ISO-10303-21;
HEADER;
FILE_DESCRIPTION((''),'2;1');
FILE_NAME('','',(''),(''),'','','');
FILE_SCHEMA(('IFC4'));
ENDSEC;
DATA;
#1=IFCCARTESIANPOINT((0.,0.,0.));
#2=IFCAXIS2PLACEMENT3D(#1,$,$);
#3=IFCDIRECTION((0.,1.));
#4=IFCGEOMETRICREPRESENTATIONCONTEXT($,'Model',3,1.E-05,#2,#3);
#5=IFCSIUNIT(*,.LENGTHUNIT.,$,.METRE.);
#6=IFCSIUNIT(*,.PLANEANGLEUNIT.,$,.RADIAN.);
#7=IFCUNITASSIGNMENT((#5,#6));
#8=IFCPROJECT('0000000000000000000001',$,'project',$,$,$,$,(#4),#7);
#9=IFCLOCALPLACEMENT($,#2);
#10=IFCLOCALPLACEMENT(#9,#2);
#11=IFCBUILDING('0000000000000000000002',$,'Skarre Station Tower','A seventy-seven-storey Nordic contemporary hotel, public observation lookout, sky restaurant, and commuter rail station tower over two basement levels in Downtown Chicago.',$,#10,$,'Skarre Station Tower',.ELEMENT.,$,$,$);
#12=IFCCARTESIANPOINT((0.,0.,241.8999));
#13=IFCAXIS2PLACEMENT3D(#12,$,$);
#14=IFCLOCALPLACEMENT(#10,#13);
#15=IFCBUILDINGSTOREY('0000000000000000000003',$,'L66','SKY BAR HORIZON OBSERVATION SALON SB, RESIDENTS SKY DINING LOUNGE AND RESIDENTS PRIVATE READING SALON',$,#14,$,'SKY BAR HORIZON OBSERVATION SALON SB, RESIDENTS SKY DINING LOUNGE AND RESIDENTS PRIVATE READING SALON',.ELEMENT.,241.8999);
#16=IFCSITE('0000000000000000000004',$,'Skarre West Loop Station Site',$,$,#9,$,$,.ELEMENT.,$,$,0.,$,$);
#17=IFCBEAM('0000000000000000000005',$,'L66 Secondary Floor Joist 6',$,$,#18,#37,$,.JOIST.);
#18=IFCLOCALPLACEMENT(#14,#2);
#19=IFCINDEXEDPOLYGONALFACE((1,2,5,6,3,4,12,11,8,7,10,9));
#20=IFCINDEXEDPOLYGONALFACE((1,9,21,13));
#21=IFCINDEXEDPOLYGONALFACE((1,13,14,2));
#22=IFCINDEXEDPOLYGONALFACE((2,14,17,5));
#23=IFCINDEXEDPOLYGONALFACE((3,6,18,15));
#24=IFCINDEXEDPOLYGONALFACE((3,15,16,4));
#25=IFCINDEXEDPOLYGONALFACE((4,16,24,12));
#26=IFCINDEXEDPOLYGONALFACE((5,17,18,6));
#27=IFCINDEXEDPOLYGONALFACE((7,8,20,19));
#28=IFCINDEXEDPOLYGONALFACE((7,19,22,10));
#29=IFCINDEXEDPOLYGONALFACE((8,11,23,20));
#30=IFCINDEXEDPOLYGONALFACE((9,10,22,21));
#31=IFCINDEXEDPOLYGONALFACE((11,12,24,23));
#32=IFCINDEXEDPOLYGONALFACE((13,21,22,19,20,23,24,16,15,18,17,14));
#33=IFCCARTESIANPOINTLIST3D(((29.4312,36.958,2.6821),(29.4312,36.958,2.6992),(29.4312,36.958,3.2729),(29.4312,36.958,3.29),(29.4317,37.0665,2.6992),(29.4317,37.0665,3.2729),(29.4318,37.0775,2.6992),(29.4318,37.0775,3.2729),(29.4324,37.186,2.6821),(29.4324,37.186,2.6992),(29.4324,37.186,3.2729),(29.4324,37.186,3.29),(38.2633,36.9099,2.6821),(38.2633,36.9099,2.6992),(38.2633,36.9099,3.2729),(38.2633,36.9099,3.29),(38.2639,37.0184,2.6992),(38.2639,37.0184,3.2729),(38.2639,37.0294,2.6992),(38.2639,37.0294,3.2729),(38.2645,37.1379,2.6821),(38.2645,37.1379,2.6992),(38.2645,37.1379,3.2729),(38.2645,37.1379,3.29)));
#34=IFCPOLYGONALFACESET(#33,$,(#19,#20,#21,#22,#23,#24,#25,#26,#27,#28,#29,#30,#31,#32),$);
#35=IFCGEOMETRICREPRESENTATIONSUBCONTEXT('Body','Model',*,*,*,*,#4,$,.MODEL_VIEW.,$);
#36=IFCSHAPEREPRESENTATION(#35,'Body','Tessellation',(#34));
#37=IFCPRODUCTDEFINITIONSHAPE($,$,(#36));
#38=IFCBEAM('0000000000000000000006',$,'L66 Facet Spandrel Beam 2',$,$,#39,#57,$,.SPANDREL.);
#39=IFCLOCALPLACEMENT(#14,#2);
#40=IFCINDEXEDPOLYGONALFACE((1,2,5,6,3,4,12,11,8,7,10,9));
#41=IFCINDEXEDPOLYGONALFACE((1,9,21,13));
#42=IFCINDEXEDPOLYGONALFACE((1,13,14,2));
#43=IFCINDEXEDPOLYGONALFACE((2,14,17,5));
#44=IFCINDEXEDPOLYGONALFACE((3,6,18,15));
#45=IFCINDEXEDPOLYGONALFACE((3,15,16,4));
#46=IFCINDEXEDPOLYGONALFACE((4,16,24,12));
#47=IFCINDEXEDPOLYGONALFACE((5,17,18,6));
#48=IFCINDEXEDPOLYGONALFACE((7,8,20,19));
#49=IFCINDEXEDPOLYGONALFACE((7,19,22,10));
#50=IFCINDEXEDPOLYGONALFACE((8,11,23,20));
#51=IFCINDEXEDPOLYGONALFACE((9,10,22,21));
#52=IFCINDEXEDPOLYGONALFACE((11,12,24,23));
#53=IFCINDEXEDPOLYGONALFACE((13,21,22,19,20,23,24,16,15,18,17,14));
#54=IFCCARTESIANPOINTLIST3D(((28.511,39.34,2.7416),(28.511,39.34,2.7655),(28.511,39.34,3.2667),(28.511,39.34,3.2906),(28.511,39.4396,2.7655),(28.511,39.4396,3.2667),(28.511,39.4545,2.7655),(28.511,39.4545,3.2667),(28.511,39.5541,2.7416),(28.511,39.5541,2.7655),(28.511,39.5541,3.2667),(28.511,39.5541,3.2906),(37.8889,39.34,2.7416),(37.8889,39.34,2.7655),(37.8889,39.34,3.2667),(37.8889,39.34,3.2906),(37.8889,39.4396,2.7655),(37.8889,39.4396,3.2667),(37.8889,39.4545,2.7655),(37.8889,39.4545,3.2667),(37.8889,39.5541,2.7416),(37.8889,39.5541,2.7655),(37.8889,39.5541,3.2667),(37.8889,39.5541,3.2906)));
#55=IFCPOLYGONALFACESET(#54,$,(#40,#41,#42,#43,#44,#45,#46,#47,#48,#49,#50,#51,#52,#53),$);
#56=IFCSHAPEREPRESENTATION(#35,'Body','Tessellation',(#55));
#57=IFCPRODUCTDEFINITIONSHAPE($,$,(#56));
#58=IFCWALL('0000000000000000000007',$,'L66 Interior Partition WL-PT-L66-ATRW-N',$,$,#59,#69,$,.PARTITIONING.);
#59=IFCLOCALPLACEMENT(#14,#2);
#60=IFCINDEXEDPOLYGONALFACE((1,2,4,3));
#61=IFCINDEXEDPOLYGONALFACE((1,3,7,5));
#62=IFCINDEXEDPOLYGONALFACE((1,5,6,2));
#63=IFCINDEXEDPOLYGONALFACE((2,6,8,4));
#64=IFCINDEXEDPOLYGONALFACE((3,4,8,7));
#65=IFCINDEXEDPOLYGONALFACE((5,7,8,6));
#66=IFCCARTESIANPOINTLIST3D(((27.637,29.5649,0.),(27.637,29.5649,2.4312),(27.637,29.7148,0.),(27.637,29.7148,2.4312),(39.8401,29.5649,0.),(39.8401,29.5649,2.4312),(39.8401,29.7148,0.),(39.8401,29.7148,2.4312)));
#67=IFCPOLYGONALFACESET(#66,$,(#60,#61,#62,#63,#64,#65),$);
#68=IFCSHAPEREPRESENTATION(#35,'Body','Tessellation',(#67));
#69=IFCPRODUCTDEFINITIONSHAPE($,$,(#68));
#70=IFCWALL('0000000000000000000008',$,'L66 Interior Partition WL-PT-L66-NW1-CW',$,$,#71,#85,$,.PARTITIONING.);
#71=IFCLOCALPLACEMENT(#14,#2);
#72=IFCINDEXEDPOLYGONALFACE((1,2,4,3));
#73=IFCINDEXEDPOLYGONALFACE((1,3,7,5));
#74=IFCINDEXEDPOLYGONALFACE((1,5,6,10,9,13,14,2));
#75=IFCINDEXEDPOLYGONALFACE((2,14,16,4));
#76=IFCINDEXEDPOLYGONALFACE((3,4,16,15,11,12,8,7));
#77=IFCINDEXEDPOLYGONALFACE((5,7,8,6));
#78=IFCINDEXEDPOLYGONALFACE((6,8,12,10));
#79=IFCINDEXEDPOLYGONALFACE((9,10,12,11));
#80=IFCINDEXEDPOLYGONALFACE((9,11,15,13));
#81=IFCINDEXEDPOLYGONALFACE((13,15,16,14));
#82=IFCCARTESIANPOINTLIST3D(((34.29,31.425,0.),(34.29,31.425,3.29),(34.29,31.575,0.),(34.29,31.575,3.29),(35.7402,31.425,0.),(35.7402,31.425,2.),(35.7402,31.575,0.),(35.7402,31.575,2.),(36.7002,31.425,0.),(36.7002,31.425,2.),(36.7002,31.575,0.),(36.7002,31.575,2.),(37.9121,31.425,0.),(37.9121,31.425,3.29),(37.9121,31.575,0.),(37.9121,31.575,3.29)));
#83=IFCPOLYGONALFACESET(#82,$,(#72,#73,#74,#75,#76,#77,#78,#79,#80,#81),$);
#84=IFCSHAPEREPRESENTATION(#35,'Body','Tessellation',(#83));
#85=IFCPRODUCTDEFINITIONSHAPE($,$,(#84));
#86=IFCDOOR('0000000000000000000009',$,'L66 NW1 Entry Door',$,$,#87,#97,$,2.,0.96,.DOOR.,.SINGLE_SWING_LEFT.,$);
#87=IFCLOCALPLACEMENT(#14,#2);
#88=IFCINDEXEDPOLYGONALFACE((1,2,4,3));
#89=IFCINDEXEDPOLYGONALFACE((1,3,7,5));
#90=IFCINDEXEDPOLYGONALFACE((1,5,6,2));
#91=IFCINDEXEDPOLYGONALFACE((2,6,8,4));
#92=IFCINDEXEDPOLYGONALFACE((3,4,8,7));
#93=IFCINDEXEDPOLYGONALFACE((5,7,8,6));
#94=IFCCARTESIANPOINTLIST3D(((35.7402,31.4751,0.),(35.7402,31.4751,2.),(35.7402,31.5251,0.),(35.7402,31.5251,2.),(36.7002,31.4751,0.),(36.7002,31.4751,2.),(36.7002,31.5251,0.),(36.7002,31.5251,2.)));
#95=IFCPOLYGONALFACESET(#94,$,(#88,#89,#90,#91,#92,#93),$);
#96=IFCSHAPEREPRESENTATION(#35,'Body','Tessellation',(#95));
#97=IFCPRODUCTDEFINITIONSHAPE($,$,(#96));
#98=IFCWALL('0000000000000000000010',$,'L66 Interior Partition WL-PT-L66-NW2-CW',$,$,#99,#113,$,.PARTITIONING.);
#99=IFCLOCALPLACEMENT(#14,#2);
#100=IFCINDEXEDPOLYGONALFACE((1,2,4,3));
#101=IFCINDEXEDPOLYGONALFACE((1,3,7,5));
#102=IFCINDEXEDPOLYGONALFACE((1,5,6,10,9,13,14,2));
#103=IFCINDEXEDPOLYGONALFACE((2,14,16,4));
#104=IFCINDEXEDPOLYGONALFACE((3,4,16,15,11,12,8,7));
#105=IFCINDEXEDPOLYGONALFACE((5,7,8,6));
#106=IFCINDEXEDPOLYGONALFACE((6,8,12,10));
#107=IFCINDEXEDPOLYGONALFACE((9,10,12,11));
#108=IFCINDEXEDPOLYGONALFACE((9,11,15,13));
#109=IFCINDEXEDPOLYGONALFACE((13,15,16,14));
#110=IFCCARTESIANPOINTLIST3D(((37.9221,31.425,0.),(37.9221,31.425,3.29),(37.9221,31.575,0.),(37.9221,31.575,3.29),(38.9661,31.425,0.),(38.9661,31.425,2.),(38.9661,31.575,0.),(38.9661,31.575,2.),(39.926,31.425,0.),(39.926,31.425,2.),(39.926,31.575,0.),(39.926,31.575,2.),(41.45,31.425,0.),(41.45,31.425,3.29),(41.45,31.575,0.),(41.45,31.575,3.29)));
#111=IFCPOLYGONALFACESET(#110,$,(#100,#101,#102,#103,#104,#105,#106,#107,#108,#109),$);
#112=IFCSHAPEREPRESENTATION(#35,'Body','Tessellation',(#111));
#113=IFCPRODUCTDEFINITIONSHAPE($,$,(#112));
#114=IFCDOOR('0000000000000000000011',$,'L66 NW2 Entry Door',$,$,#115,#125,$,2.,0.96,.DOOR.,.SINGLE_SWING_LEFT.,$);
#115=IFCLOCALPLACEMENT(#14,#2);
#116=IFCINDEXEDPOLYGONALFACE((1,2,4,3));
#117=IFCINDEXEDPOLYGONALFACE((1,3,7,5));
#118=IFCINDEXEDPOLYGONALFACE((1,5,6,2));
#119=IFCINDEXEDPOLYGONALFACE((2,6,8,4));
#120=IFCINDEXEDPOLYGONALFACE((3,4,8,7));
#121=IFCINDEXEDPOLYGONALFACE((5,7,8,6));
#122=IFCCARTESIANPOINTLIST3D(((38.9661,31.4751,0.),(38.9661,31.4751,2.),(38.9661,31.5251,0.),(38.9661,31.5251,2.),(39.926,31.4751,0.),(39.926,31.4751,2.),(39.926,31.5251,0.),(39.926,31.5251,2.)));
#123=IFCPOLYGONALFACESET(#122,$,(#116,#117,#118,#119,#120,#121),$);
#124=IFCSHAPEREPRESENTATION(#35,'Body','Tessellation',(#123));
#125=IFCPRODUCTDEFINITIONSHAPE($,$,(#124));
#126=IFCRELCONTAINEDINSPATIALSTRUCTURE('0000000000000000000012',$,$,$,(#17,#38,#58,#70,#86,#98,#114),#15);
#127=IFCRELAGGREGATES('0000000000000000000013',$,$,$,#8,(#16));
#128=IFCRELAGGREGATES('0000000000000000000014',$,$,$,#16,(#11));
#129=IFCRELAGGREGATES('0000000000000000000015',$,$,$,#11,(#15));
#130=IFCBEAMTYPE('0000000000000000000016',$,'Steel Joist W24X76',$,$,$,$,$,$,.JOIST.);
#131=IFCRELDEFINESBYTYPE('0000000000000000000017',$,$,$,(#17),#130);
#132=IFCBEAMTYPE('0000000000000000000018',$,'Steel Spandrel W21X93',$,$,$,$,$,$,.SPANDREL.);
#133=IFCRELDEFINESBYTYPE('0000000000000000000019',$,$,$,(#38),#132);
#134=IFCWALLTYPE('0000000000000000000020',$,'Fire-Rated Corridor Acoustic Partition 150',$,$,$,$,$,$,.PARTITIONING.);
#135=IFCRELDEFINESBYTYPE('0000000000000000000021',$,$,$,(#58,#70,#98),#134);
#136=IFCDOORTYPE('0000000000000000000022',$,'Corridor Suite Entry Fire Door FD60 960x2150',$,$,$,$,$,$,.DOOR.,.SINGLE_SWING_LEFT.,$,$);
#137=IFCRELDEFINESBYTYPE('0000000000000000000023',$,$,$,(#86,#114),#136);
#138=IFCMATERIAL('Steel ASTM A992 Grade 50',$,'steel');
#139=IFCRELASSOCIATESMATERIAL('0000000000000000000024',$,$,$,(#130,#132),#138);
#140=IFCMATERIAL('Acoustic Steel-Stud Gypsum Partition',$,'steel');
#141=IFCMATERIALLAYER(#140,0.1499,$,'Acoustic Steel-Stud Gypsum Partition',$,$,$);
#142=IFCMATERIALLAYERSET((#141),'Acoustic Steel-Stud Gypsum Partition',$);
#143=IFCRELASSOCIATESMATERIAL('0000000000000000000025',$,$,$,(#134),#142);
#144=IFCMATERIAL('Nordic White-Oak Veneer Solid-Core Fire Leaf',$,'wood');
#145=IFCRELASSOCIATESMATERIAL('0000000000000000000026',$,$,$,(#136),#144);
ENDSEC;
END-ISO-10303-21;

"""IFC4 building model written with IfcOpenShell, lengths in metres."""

from ifc_helpers import new_model, si_unit, direction, frame, frame_2d, origin, origin_2d, place, context, subcontext, project, spatial, rectangle, i_section, extrude, material, layer, layer_set, material_profile, profile_set, type_object, element, fill, save


model = new_model("IFC4")

# Units and contexts
model_context = context("Model", 3, precision=1e-05, world=origin(), true_north=direction((0.0, 1.0)))
body_context = subcontext(model_context, "Body", "Model", "MODEL_VIEW")
ifc_project = project(units=[si_unit("LENGTHUNIT", "METRE"), si_unit("PLANEANGLEUNIT", "RADIAN")], contexts=[model_context])

# Site, building, storey
site_placement = place(None, origin())
site = spatial("IfcSite", under=ifc_project, at=site_placement, Name="Skarre West Loop Station Site", CompositionType="ELEMENT", RefElevation=0.0)
building_placement = place(site_placement, origin())
building = spatial("IfcBuilding", under=site, at=building_placement, Name="Skarre Station Tower", Description="A seventy-seven-storey Nordic contemporary hotel, public observation lookout, sky restaurant, and commuter rail station tower over two basement levels in Downtown Chicago.", LongName="Skarre Station Tower", CompositionType="ELEMENT")
storey_placement = place(building_placement, frame((0.0, 0.0, 241.8999)))
storey = spatial("IfcBuildingStorey", under=building, at=storey_placement, Name="L66", Description="SKY BAR HORIZON OBSERVATION SALON SB, RESIDENTS SKY DINING LOUNGE AND RESIDENTS PRIVATE READING SALON", LongName="SKY BAR HORIZON OBSERVATION SALON SB, RESIDENTS SKY DINING LOUNGE AND RESIDENTS PRIVATE READING SALON", CompositionType="ELEMENT", Elevation=241.8999)

# Beams
ifc_material_1 = material(Name="Steel ASTM A992 Grade 50", Category="steel")
ifc_material_profile_1 = material_profile(ifc_material_1, i_section(OverallWidth=0.228, OverallDepth=0.6079, WebThickness=0.011, FlangeThickness=0.0171, at=origin_2d()), Name="Steel ASTM A992 Grade 50")
ifc_profile_set_1 = profile_set([ifc_material_profile_1], Name="Steel ASTM A992 Grade 50")
beam_type_1 = type_object("IfcBeamType", Name="Steel Joist W24X76", PredefinedType="JOIST", material=ifc_profile_set_1)
beam_1_placement = place(storey_placement, frame((38.2639, 37.0239, 2.9861), z_axis=(-0.999985, 0.005446, 0.0), x_axis=(-0.005446, -0.999985, 0.0)))
element("IfcBeam", 1, at=beam_1_placement, inside=storey, type_object=beam_type_1, Name="L66 Secondary Floor Joist 6", PredefinedType="JOIST", context=body_context, shape_type="SweptSolid", body=[
    extrude(i_section(OverallWidth=0.228, OverallDepth=0.6079, WebThickness=0.011, FlangeThickness=0.0171, at=origin_2d()), origin(), (0.0, 0.0, 1.0), 8.8323),
])
ifc_material_profile_2 = material_profile(ifc_material_1, i_section(OverallWidth=0.2141, OverallDepth=0.5491, WebThickness=0.0149, FlangeThickness=0.0239, at=origin_2d()), Name="Steel ASTM A992 Grade 50")
ifc_profile_set_2 = profile_set([ifc_material_profile_2], Name="Steel ASTM A992 Grade 50")
beam_type_2 = type_object("IfcBeamType", Name="Steel Spandrel W21X93", PredefinedType="SPANDREL", material=ifc_profile_set_2)
beam_2_placement = place(storey_placement, frame((37.8889, 39.447, 3.0161), z_axis=(-1.0, 0.0, 0.0), x_axis=(0.0, -1.0, 0.0)))
element("IfcBeam", 2, at=beam_2_placement, inside=storey, type_object=beam_type_2, Name="L66 Facet Spandrel Beam 2", PredefinedType="SPANDREL", context=body_context, shape_type="SweptSolid", body=[
    extrude(i_section(OverallWidth=0.2141, OverallDepth=0.5491, WebThickness=0.0149, FlangeThickness=0.0239, at=origin_2d()), origin(), (0.0, 0.0, 1.0), 9.3779),
])

# Wall
ifc_material_2 = material(Name="Acoustic Steel-Stud Gypsum Partition", Category="steel")
ifc_layer_1 = layer(ifc_material_2, 0.1499, Name="Acoustic Steel-Stud Gypsum Partition")
ifc_layer_set_1 = layer_set([ifc_layer_1], Name="Acoustic Steel-Stud Gypsum Partition")
wall_type_1 = type_object("IfcWallType", Name="Fire-Rated Corridor Acoustic Partition 150", PredefinedType="PARTITIONING", material=ifc_layer_set_1)
wall_1_placement = place(storey_placement, frame((39.8401, 29.6399, 0.0), z_axis=(0.0, 0.0, 1.0), x_axis=(-1.0, 0.0, 0.0)))
element("IfcWall", 3, at=wall_1_placement, inside=storey, type_object=wall_type_1, Name="L66 Interior Partition WL-PT-L66-ATRW-N", PredefinedType="PARTITIONING", context=body_context, shape_type="SweptSolid", body=[
    extrude(rectangle(XDim=12.2031, YDim=0.1499, at=frame_2d((6.1016, 0.0))), origin(), (0.0, 0.0, 1.0), 2.4312),
])

# Walls, openings, doors
wall_2_placement = place(storey_placement, frame((37.9121, 31.5, 0.0), z_axis=(0.0, 0.0, 1.0), x_axis=(-1.0, 0.0, 0.0)))
wall_2 = element("IfcWall", 4, at=wall_2_placement, inside=storey, type_object=wall_type_1, Name="L66 Interior Partition WL-PT-L66-NW1-CW", PredefinedType="PARTITIONING", context=body_context, shape_type="SweptSolid", body=[
    extrude(rectangle(XDim=3.6221, YDim=0.1499, at=frame_2d((1.811, 0.0))), origin(), (0.0, 0.0, 1.0), 3.29),
])
opening_1_placement = place(wall_2_placement, frame((1.2119, 0.0, 0.0)))
opening_1 = element("IfcOpeningElement", 5, at=opening_1_placement, cuts=wall_2, PredefinedType="OPENING", context=body_context, shape_type="SweptSolid", body=[
    extrude(rectangle(XDim=0.96, YDim=2.0, at=frame_2d((0.48, 1.0))), frame((0.0, 0.085, 0.0), z_axis=(0.0, -1.0, 0.0), x_axis=(1.0, 0.0, 0.0)), (0.0, 0.0, 1.0), 0.1699),
])
ifc_material_3 = material(Name="Nordic White-Oak Veneer Solid-Core Fire Leaf", Category="wood")
door_type = type_object("IfcDoorType", Name="Corridor Suite Entry Fire Door FD60 960x2150", OperationType="SINGLE_SWING_LEFT", PredefinedType="DOOR", material=ifc_material_3)
door_1_placement = place(opening_1_placement, origin())
door_1 = element("IfcDoor", 6, at=door_1_placement, inside=storey, type_object=door_type, Name="L66 NW1 Entry Door", OperationType="SINGLE_SWING_LEFT", OverallHeight=2.0, OverallWidth=0.96, PredefinedType="DOOR", context=body_context, shape_type="SweptSolid", body=[
    extrude(rectangle(XDim=0.96, YDim=2.0, at=frame_2d((0.48, 1.0))), frame((0.0, 0.0249, 0.0), z_axis=(0.0, -1.0, 0.0), x_axis=(1.0, 0.0, 0.0)), (0.0, 0.0, 1.0), 0.05),
])
fill(opening_1, door_1)
wall_3_placement = place(storey_placement, frame((41.45, 31.5, 0.0), z_axis=(0.0, 0.0, 1.0), x_axis=(-1.0, 0.0, 0.0)))
wall_3 = element("IfcWall", 7, at=wall_3_placement, inside=storey, type_object=wall_type_1, Name="L66 Interior Partition WL-PT-L66-NW2-CW", PredefinedType="PARTITIONING", context=body_context, shape_type="SweptSolid", body=[
    extrude(rectangle(XDim=3.5278, YDim=0.1499, at=frame_2d((1.7639, 0.0))), origin(), (0.0, 0.0, 1.0), 3.29),
])
opening_2_placement = place(wall_3_placement, frame((1.5239, 0.0, 0.0)))
opening_2 = element("IfcOpeningElement", 8, at=opening_2_placement, cuts=wall_3, PredefinedType="OPENING", context=body_context, shape_type="SweptSolid", body=[
    extrude(rectangle(XDim=0.96, YDim=2.0, at=frame_2d((0.48, 1.0))), frame((0.0, 0.085, 0.0), z_axis=(0.0, -1.0, 0.0), x_axis=(1.0, 0.0, 0.0)), (0.0, 0.0, 1.0), 0.1699),
])
door_2_placement = place(opening_2_placement, origin())
door_2 = element("IfcDoor", 9, at=door_2_placement, inside=storey, type_object=door_type, Name="L66 NW2 Entry Door", OperationType="SINGLE_SWING_LEFT", OverallHeight=2.0, OverallWidth=0.96, PredefinedType="DOOR", context=body_context, shape_type="SweptSolid", body=[
    extrude(rectangle(XDim=0.96, YDim=2.0, at=frame_2d((0.48, 1.0))), frame((0.0, 0.0249, 0.0), z_axis=(0.0, -1.0, 0.0), x_axis=(1.0, 0.0, 0.0)), (0.0, 0.0, 1.0), 0.05),
])
fill(opening_2, door_2)

save(model, "model.ifc")
